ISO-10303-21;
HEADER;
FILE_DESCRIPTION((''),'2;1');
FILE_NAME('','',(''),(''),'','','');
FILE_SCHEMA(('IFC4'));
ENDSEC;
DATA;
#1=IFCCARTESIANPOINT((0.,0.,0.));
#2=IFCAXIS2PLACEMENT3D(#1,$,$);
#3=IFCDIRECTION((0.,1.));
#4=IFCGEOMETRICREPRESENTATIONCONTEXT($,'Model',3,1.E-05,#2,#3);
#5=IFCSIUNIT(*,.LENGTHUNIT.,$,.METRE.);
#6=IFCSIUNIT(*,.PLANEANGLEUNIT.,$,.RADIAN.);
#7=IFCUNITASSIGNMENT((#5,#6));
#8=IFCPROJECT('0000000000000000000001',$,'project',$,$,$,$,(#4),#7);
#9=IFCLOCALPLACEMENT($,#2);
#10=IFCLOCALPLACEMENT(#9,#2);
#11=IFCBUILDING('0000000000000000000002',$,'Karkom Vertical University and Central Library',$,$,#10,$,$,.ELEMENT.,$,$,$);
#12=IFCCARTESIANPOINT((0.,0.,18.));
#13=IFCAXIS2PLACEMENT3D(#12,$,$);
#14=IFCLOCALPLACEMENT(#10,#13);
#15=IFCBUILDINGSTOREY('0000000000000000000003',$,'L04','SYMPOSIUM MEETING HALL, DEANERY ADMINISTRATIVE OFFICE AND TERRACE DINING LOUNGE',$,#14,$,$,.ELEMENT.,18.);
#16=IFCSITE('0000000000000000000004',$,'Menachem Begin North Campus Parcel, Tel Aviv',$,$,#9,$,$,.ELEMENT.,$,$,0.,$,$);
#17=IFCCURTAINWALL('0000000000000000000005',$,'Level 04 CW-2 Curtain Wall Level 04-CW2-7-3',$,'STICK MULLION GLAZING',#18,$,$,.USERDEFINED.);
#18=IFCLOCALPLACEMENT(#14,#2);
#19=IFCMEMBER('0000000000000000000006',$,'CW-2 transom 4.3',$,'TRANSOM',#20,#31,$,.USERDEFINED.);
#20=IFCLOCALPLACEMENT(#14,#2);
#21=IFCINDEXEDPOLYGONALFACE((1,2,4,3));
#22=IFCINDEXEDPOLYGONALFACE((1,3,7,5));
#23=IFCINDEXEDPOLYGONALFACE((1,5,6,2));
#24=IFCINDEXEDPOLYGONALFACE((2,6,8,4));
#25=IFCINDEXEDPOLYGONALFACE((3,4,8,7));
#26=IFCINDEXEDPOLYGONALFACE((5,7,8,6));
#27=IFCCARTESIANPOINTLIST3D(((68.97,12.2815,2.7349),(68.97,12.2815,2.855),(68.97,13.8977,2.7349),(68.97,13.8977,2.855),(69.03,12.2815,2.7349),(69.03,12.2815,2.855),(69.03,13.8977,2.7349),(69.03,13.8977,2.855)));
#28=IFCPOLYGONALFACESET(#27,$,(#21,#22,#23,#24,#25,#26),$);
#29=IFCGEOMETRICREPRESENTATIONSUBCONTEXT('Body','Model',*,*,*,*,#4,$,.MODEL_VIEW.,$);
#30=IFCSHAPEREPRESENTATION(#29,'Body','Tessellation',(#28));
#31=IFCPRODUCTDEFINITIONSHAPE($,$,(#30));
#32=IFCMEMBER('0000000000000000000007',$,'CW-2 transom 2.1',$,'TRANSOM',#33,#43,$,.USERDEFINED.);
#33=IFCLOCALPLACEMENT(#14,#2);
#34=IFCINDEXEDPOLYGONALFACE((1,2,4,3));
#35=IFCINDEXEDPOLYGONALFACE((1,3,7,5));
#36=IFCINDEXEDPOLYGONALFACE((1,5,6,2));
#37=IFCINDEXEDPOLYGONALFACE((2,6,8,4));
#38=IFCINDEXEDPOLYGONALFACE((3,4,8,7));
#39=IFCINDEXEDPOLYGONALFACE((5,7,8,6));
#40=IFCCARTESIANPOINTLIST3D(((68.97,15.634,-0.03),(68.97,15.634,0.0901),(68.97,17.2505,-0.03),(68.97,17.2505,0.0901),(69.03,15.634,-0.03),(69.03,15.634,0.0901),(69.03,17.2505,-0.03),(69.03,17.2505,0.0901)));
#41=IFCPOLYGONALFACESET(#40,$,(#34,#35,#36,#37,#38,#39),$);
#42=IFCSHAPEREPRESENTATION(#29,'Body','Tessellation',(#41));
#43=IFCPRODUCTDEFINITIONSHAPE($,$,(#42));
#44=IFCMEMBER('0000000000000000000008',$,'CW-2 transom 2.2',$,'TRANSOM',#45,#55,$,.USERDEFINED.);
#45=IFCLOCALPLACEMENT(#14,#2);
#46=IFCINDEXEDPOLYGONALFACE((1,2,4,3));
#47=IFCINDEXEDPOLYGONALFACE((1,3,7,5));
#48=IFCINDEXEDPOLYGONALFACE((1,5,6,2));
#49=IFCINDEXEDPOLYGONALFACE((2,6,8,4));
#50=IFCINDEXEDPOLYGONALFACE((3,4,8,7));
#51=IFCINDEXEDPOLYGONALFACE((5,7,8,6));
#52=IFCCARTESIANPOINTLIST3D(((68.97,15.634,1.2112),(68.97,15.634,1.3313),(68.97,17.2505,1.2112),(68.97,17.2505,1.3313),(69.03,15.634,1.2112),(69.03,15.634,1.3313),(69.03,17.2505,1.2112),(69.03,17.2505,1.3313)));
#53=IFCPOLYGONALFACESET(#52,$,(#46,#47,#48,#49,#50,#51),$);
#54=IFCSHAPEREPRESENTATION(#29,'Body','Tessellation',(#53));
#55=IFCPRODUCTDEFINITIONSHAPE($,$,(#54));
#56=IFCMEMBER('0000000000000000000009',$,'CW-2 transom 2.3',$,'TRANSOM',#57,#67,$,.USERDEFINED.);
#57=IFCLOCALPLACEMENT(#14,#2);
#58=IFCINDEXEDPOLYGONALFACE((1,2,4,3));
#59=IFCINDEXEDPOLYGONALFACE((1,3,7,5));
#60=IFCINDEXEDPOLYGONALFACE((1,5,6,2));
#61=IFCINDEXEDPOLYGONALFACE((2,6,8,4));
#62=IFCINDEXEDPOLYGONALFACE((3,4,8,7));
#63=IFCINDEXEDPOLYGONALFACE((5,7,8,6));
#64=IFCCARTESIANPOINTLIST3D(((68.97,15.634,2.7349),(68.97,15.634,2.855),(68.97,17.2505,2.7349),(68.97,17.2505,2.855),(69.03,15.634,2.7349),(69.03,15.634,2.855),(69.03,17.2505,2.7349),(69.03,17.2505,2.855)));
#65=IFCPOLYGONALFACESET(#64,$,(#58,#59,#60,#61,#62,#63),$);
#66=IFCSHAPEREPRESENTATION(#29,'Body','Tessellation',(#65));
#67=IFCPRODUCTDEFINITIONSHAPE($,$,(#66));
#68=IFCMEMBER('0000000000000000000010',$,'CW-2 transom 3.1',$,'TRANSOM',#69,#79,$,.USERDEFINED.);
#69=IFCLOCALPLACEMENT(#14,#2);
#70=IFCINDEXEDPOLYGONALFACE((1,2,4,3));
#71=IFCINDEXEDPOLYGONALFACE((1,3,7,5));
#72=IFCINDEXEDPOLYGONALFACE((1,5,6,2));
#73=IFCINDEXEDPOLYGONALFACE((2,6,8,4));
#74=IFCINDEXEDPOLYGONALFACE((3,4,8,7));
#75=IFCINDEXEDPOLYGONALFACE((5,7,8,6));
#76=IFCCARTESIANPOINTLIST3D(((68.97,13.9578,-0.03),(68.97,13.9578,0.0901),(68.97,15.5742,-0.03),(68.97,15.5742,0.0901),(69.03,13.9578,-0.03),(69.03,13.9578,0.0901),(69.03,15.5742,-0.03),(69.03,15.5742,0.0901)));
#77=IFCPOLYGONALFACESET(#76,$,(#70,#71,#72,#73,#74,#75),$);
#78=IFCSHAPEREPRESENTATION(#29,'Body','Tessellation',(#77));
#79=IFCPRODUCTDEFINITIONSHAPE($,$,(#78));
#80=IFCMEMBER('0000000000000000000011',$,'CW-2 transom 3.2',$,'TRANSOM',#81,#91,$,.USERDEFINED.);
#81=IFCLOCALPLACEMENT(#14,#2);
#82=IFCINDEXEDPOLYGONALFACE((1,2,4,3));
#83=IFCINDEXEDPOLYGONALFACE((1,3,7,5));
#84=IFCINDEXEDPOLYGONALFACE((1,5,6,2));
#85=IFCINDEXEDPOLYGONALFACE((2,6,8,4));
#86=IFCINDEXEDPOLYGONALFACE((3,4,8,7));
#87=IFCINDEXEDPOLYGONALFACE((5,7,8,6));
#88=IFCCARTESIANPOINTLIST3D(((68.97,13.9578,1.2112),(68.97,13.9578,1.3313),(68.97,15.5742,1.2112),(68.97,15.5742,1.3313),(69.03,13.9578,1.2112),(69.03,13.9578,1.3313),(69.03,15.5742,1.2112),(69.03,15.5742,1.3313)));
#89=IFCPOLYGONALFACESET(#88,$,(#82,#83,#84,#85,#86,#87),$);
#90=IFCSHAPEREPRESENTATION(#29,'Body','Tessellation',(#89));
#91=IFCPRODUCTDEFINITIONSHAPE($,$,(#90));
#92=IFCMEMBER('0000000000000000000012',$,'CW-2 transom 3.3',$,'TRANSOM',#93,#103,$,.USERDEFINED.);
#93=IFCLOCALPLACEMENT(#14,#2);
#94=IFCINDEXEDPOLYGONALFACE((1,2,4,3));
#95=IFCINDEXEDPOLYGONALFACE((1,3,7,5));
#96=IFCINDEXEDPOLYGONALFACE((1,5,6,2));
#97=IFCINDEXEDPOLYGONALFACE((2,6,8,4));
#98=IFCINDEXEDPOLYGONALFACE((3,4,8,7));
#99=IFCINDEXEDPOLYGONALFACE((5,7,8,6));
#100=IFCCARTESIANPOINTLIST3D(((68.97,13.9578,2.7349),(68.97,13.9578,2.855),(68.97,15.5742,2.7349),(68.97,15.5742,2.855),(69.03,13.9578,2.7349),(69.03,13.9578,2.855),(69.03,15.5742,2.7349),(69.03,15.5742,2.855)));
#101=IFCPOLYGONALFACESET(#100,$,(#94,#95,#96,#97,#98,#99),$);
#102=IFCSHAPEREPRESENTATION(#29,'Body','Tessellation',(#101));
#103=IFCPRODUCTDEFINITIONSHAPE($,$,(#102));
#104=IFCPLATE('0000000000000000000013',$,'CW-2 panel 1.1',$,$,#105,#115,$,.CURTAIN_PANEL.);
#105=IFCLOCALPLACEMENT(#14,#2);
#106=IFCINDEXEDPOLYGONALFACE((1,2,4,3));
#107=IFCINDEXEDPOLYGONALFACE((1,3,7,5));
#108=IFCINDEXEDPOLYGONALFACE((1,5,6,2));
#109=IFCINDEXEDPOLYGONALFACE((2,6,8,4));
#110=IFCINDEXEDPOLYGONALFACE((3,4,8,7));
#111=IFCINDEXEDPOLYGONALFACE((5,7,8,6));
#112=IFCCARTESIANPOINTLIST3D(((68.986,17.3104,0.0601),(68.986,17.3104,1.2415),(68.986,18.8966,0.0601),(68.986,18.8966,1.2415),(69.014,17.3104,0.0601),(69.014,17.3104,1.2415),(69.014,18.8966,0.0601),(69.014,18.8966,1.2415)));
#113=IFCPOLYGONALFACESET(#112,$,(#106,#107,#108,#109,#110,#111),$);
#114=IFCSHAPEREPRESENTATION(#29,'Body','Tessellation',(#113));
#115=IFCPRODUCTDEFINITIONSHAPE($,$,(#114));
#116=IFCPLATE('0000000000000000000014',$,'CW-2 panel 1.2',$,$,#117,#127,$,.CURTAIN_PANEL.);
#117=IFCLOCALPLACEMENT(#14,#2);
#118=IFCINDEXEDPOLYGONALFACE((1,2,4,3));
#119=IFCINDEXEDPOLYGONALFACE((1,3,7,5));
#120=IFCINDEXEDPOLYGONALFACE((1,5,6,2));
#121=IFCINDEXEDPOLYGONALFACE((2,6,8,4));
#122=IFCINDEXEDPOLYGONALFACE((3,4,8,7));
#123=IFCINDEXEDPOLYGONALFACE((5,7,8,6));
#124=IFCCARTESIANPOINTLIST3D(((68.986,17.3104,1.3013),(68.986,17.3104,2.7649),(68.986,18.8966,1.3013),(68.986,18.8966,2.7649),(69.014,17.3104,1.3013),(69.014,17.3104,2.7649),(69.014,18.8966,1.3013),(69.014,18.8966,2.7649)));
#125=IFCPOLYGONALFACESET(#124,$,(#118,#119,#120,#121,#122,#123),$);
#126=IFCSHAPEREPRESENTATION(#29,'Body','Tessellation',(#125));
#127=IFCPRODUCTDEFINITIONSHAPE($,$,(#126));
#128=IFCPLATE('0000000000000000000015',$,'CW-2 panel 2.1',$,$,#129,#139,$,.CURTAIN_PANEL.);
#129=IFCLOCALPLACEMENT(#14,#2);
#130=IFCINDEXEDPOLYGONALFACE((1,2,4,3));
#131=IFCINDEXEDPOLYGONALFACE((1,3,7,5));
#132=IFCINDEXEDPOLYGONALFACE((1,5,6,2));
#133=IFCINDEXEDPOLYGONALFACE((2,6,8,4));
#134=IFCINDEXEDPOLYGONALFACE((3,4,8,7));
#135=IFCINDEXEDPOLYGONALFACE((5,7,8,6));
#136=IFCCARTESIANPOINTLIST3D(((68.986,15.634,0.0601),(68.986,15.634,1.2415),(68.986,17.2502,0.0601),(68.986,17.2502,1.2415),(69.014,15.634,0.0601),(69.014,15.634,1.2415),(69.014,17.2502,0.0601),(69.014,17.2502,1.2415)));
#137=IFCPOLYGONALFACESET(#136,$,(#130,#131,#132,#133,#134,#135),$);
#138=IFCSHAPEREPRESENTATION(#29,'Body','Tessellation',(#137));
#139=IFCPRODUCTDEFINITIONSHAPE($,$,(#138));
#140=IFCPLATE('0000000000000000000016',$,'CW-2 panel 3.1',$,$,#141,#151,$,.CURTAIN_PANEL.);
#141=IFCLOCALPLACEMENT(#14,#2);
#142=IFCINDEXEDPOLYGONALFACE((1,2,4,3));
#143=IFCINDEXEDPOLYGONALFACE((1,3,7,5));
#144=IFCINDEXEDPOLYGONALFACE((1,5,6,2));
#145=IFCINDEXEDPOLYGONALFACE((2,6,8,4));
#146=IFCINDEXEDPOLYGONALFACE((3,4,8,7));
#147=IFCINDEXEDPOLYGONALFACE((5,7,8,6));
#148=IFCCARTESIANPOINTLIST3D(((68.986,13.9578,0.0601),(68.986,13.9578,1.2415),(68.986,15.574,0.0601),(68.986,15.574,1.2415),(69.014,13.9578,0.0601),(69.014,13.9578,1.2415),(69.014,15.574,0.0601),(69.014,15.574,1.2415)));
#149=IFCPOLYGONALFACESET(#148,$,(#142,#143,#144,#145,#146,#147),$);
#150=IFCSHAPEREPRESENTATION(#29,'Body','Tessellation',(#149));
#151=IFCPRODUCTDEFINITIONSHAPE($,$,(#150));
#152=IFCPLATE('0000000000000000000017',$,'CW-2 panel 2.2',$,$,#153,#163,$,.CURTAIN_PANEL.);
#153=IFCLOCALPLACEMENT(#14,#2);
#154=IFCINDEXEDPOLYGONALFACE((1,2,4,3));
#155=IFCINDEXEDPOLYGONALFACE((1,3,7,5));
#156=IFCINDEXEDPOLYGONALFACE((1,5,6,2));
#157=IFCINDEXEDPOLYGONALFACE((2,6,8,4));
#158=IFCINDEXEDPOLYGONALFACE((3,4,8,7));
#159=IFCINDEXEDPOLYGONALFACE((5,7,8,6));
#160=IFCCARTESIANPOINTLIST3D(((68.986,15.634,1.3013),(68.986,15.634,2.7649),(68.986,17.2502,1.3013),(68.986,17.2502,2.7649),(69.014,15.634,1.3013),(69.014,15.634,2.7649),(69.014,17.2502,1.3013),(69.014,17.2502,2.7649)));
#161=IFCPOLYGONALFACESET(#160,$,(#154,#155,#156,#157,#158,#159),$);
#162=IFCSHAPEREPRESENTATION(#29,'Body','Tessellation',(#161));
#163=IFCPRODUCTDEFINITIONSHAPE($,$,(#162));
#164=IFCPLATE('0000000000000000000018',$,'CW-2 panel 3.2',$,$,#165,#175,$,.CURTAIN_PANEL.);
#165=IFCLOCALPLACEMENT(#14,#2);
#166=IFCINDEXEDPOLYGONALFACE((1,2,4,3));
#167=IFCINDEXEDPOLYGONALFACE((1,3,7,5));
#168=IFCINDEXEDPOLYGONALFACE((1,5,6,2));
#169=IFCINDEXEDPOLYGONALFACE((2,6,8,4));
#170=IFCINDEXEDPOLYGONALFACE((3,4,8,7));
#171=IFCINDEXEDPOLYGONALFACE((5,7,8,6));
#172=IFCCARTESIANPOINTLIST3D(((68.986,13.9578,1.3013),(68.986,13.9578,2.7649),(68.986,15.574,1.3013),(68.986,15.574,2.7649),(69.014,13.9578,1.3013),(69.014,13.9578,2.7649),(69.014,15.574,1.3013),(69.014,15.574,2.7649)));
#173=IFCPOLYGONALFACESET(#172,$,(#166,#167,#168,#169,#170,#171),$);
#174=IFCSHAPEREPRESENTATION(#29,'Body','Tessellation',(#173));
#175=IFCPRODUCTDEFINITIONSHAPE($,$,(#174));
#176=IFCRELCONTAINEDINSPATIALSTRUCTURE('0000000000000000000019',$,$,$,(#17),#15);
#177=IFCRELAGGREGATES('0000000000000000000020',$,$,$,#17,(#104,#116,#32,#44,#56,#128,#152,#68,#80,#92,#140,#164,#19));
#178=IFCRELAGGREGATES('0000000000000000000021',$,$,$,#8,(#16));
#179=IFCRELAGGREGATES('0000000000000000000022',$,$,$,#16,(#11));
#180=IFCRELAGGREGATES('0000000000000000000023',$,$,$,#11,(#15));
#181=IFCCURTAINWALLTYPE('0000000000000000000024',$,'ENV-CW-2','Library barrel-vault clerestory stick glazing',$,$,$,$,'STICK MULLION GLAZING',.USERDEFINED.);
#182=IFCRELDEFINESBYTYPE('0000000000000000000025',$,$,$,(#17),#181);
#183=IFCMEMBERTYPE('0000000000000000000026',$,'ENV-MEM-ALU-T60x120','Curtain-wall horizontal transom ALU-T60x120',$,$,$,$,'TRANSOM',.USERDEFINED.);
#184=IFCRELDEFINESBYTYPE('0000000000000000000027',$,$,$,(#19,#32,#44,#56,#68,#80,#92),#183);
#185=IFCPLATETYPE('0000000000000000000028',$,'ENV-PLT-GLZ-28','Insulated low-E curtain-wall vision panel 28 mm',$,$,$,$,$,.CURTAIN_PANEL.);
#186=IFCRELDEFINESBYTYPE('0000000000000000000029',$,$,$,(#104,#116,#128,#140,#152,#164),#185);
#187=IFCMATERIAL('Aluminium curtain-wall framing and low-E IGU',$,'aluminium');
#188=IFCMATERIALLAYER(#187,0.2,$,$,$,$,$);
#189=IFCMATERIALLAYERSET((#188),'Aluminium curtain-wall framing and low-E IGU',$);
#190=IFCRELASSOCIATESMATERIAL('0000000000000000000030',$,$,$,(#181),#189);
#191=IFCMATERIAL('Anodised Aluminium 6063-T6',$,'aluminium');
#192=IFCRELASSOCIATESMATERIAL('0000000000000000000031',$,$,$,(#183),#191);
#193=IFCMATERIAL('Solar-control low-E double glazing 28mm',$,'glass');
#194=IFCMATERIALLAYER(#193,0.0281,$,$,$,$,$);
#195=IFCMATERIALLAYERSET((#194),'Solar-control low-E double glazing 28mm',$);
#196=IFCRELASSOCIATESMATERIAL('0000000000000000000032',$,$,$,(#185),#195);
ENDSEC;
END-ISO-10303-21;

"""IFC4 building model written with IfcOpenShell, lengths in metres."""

from ifc_helpers import new_model, si_unit, direction, frame, origin, origin_with_axes, origin_2d, place, context, subcontext, project, spatial, rectangle, extrude, source, transform, mapped, material, layer, layer_set, material_profile, profile_set, type_object, element, aggregate, save


model = new_model("IFC4")

# Units and contexts
model_context = context("Model", 3, precision=1e-05, world=origin(), true_north=direction((0.0, 1.0)))
body_context = subcontext(model_context, "Body", "Model", "MODEL_VIEW")
ifc_project = project(units=[si_unit("LENGTHUNIT", "METRE"), si_unit("PLANEANGLEUNIT", "RADIAN")], contexts=[model_context])

# Site, building, storey
site_placement = place(None, origin())
site = spatial("IfcSite", under=ifc_project, at=site_placement, Name="Menachem Begin North Campus Parcel, Tel Aviv", CompositionType="ELEMENT", RefElevation=0.0)
building_placement = place(site_placement, origin())
building = spatial("IfcBuilding", under=site, at=building_placement, Name="Karkom Vertical University and Central Library", CompositionType="ELEMENT")
storey_placement = place(building_placement, frame((0.0, 0.0, 18.0)))
storey = spatial("IfcBuildingStorey", under=building, at=storey_placement, Name="L04", Description="SYMPOSIUM MEETING HALL, DEANERY ADMINISTRATIVE OFFICE AND TERRACE DINING LOUNGE", CompositionType="ELEMENT", Elevation=18.0)

# Shared definitions
ifc_material_1 = material(Name="Aluminium curtain-wall framing and low-E IGU", Category="aluminium")
ifc_layer_1 = layer(ifc_material_1, 0.2)
ifc_layer_set_1 = layer_set([ifc_layer_1], Name="Aluminium curtain-wall framing and low-E IGU")
curtain_wall_type = type_object("IfcCurtainWallType", Name="ENV-CW-2", Description="Library barrel-vault clerestory stick glazing", ElementType="STICK MULLION GLAZING", PredefinedType="USERDEFINED", material=ifc_layer_set_1)
ifc_material_2 = material(Name="Anodised Aluminium 6063-T6", Category="aluminium")

# Curtain wall, members, plates
curtain_wall_1_placement = place(storey_placement, origin())
curtain_wall_1 = element("IfcCurtainWall", 1, at=curtain_wall_1_placement, inside=storey, type_object=curtain_wall_type, Name="Level 04 CW-2 Curtain Wall Level 04-CW2-7-3", ObjectType="STICK MULLION GLAZING", PredefinedType="USERDEFINED")
ifc_material_profile_1 = material_profile(ifc_material_2, rectangle(XDim=0.0601, YDim=0.1201, at=origin_2d()), Name="ALU-T60x120")
ifc_profile_set_1 = profile_set([ifc_material_profile_1], Name="Anodised Aluminium 6063-T6")
member_type_1 = type_object("IfcMemberType", Name="ENV-MEM-ALU-T60x120", Description="Curtain-wall horizontal transom ALU-T60x120", ElementType="TRANSOM", PredefinedType="USERDEFINED", material=ifc_profile_set_1)
shared_shape_1 = source(origin_with_axes(), body_context, "Body", "SweptSolid", [
    extrude(rectangle(XDim=0.0601, YDim=0.1201, at=origin_2d()), origin(), (0.0, 0.0, 1.0), 1.6162),
])
member_1_placement = place(storey_placement, frame((69.0, 13.8977, 2.7949), z_axis=(0.0, -1.0, 0.0), x_axis=(1.0, 0.0, 0.0)))
member_1 = element("IfcMember", 2, at=member_1_placement, type_object=member_type_1, Name="CW-2 transom 4.3", ObjectType="TRANSOM", PredefinedType="USERDEFINED", context=body_context, shape_type="MappedRepresentation", body=[
    mapped(shared_shape_1, transform((0.0, 0.0, 0.0), scale=1.0)),
])
shared_shape_2 = source(origin_with_axes(), body_context, "Body", "SweptSolid", [
    extrude(rectangle(XDim=0.0601, YDim=0.1201, at=origin_2d()), origin(), (0.0, 0.0, 1.0), 1.6165),
])
member_2_placement = place(storey_placement, frame((69.0, 17.2505, 0.03), z_axis=(0.0, -1.0, 0.0), x_axis=(1.0, 0.0, 0.0)))
member_2 = element("IfcMember", 3, at=member_2_placement, type_object=member_type_1, Name="CW-2 transom 2.1", ObjectType="TRANSOM", PredefinedType="USERDEFINED", context=body_context, shape_type="MappedRepresentation", body=[
    mapped(shared_shape_2, transform((0.0, 0.0, 0.0), scale=1.0)),
])
member_3_placement = place(storey_placement, frame((69.0, 17.2505, 1.2712), z_axis=(0.0, -1.0, 0.0), x_axis=(1.0, 0.0, 0.0)))
member_3 = element("IfcMember", 4, at=member_3_placement, type_object=member_type_1, Name="CW-2 transom 2.2", ObjectType="TRANSOM", PredefinedType="USERDEFINED", context=body_context, shape_type="MappedRepresentation", body=[
    mapped(shared_shape_2, transform((0.0, 0.0, 0.0), scale=1.0)),
])
member_4_placement = place(storey_placement, frame((69.0, 17.2505, 2.7949), z_axis=(0.0, -1.0, 0.0), x_axis=(1.0, 0.0, 0.0)))
member_4 = element("IfcMember", 5, at=member_4_placement, type_object=member_type_1, Name="CW-2 transom 2.3", ObjectType="TRANSOM", PredefinedType="USERDEFINED", context=body_context, shape_type="MappedRepresentation", body=[
    mapped(shared_shape_2, transform((0.0, 0.0, 0.0), scale=1.0)),
])
member_5_placement = place(storey_placement, frame((69.0, 15.5742, 0.03), z_axis=(0.0, -1.0, 0.0), x_axis=(1.0, 0.0, 0.0)))
member_5 = element("IfcMember", 6, at=member_5_placement, type_object=member_type_1, Name="CW-2 transom 3.1", ObjectType="TRANSOM", PredefinedType="USERDEFINED", context=body_context, shape_type="MappedRepresentation", body=[
    mapped(shared_shape_2, transform((0.0, 0.0, 0.0), scale=1.0)),
])
member_6_placement = place(storey_placement, frame((69.0, 15.5742, 1.2712), z_axis=(0.0, -1.0, 0.0), x_axis=(1.0, 0.0, 0.0)))
member_6 = element("IfcMember", 7, at=member_6_placement, type_object=member_type_1, Name="CW-2 transom 3.2", ObjectType="TRANSOM", PredefinedType="USERDEFINED", context=body_context, shape_type="MappedRepresentation", body=[
    mapped(shared_shape_2, transform((0.0, 0.0, 0.0), scale=1.0)),
])
member_7_placement = place(storey_placement, frame((69.0, 15.5742, 2.7949), z_axis=(0.0, -1.0, 0.0), x_axis=(1.0, 0.0, 0.0)))
member_7 = element("IfcMember", 8, at=member_7_placement, type_object=member_type_1, Name="CW-2 transom 3.3", ObjectType="TRANSOM", PredefinedType="USERDEFINED", context=body_context, shape_type="MappedRepresentation", body=[
    mapped(shared_shape_2, transform((0.0, 0.0, 0.0), scale=1.0)),
])
ifc_material_3 = material(Name="Solar-control low-E double glazing 28mm", Category="glass")
ifc_layer_2 = layer(ifc_material_3, 0.0281)
ifc_layer_set_2 = layer_set([ifc_layer_2], Name="Solar-control low-E double glazing 28mm")
plate_type = type_object("IfcPlateType", Name="ENV-PLT-GLZ-28", Description="Insulated low-E curtain-wall vision panel 28 mm", PredefinedType="CURTAIN_PANEL", material=ifc_layer_set_2)
shared_shape_3 = source(origin_with_axes(), body_context, "Body", "SweptSolid", [
    extrude(rectangle(XDim=1.5862, YDim=0.0281, at=origin_2d()), origin(), (0.0, 0.0, 1.0), 1.1814),
])
plate_1_placement = place(storey_placement, frame((69.0, 18.1035, 0.0601), z_axis=(0.0, 0.0, 1.0), x_axis=(0.0, -1.0, 0.0)))
plate_1 = element("IfcPlate", 9, at=plate_1_placement, type_object=plate_type, Name="CW-2 panel 1.1", PredefinedType="CURTAIN_PANEL", context=body_context, shape_type="MappedRepresentation", body=[
    mapped(shared_shape_3, transform((0.0, 0.0, 0.0), scale=1.0)),
])
shared_shape_4 = source(origin_with_axes(), body_context, "Body", "SweptSolid", [
    extrude(rectangle(XDim=1.5862, YDim=0.0281, at=origin_2d()), origin(), (0.0, 0.0, 1.0), 1.4636),
])
plate_2_placement = place(storey_placement, frame((69.0, 18.1035, 1.3013), z_axis=(0.0, 0.0, 1.0), x_axis=(0.0, -1.0, 0.0)))
plate_2 = element("IfcPlate", 10, at=plate_2_placement, type_object=plate_type, Name="CW-2 panel 1.2", PredefinedType="CURTAIN_PANEL", context=body_context, shape_type="MappedRepresentation", body=[
    mapped(shared_shape_4, transform((0.0, 0.0, 0.0), scale=1.0)),
])
shared_shape_5 = source(origin_with_axes(), body_context, "Body", "SweptSolid", [
    extrude(rectangle(XDim=1.6162, YDim=0.0281, at=origin_2d()), origin(), (0.0, 0.0, 1.0), 1.1814),
])
plate_3_placement = place(storey_placement, frame((69.0, 16.4421, 0.0601), z_axis=(0.0, 0.0, 1.0), x_axis=(0.0, -1.0, 0.0)))
plate_3 = element("IfcPlate", 11, at=plate_3_placement, type_object=plate_type, Name="CW-2 panel 2.1", PredefinedType="CURTAIN_PANEL", context=body_context, shape_type="MappedRepresentation", body=[
    mapped(shared_shape_5, transform((0.0, 0.0, 0.0), scale=1.0)),
])
plate_4_placement = place(storey_placement, frame((69.0, 14.7659, 0.0601), z_axis=(0.0, 0.0, 1.0), x_axis=(0.0, -1.0, 0.0)))
plate_4 = element("IfcPlate", 12, at=plate_4_placement, type_object=plate_type, Name="CW-2 panel 3.1", PredefinedType="CURTAIN_PANEL", context=body_context, shape_type="MappedRepresentation", body=[
    mapped(shared_shape_5, transform((0.0, 0.0, 0.0), scale=1.0)),
])
shared_shape_6 = source(origin_with_axes(), body_context, "Body", "SweptSolid", [
    extrude(rectangle(XDim=1.6162, YDim=0.0281, at=origin_2d()), origin(), (0.0, 0.0, 1.0), 1.4636),
])
plate_5_placement = place(storey_placement, frame((69.0, 16.4421, 1.3013), z_axis=(0.0, 0.0, 1.0), x_axis=(0.0, -1.0, 0.0)))
plate_5 = element("IfcPlate", 13, at=plate_5_placement, type_object=plate_type, Name="CW-2 panel 2.2", PredefinedType="CURTAIN_PANEL", context=body_context, shape_type="MappedRepresentation", body=[
    mapped(shared_shape_6, transform((0.0, 0.0, 0.0), scale=1.0)),
])
plate_6_placement = place(storey_placement, frame((69.0, 14.7659, 1.3013), z_axis=(0.0, 0.0, 1.0), x_axis=(0.0, -1.0, 0.0)))
plate_6 = element("IfcPlate", 14, at=plate_6_placement, type_object=plate_type, Name="CW-2 panel 3.2", PredefinedType="CURTAIN_PANEL", context=body_context, shape_type="MappedRepresentation", body=[
    mapped(shared_shape_6, transform((0.0, 0.0, 0.0), scale=1.0)),
])
aggregate(curtain_wall_1, [plate_1, plate_2, member_2, member_3, member_4, plate_3, plate_5, member_5, member_6, member_7, plate_4, plate_6, member_1])

save(model, "model.ifc")
